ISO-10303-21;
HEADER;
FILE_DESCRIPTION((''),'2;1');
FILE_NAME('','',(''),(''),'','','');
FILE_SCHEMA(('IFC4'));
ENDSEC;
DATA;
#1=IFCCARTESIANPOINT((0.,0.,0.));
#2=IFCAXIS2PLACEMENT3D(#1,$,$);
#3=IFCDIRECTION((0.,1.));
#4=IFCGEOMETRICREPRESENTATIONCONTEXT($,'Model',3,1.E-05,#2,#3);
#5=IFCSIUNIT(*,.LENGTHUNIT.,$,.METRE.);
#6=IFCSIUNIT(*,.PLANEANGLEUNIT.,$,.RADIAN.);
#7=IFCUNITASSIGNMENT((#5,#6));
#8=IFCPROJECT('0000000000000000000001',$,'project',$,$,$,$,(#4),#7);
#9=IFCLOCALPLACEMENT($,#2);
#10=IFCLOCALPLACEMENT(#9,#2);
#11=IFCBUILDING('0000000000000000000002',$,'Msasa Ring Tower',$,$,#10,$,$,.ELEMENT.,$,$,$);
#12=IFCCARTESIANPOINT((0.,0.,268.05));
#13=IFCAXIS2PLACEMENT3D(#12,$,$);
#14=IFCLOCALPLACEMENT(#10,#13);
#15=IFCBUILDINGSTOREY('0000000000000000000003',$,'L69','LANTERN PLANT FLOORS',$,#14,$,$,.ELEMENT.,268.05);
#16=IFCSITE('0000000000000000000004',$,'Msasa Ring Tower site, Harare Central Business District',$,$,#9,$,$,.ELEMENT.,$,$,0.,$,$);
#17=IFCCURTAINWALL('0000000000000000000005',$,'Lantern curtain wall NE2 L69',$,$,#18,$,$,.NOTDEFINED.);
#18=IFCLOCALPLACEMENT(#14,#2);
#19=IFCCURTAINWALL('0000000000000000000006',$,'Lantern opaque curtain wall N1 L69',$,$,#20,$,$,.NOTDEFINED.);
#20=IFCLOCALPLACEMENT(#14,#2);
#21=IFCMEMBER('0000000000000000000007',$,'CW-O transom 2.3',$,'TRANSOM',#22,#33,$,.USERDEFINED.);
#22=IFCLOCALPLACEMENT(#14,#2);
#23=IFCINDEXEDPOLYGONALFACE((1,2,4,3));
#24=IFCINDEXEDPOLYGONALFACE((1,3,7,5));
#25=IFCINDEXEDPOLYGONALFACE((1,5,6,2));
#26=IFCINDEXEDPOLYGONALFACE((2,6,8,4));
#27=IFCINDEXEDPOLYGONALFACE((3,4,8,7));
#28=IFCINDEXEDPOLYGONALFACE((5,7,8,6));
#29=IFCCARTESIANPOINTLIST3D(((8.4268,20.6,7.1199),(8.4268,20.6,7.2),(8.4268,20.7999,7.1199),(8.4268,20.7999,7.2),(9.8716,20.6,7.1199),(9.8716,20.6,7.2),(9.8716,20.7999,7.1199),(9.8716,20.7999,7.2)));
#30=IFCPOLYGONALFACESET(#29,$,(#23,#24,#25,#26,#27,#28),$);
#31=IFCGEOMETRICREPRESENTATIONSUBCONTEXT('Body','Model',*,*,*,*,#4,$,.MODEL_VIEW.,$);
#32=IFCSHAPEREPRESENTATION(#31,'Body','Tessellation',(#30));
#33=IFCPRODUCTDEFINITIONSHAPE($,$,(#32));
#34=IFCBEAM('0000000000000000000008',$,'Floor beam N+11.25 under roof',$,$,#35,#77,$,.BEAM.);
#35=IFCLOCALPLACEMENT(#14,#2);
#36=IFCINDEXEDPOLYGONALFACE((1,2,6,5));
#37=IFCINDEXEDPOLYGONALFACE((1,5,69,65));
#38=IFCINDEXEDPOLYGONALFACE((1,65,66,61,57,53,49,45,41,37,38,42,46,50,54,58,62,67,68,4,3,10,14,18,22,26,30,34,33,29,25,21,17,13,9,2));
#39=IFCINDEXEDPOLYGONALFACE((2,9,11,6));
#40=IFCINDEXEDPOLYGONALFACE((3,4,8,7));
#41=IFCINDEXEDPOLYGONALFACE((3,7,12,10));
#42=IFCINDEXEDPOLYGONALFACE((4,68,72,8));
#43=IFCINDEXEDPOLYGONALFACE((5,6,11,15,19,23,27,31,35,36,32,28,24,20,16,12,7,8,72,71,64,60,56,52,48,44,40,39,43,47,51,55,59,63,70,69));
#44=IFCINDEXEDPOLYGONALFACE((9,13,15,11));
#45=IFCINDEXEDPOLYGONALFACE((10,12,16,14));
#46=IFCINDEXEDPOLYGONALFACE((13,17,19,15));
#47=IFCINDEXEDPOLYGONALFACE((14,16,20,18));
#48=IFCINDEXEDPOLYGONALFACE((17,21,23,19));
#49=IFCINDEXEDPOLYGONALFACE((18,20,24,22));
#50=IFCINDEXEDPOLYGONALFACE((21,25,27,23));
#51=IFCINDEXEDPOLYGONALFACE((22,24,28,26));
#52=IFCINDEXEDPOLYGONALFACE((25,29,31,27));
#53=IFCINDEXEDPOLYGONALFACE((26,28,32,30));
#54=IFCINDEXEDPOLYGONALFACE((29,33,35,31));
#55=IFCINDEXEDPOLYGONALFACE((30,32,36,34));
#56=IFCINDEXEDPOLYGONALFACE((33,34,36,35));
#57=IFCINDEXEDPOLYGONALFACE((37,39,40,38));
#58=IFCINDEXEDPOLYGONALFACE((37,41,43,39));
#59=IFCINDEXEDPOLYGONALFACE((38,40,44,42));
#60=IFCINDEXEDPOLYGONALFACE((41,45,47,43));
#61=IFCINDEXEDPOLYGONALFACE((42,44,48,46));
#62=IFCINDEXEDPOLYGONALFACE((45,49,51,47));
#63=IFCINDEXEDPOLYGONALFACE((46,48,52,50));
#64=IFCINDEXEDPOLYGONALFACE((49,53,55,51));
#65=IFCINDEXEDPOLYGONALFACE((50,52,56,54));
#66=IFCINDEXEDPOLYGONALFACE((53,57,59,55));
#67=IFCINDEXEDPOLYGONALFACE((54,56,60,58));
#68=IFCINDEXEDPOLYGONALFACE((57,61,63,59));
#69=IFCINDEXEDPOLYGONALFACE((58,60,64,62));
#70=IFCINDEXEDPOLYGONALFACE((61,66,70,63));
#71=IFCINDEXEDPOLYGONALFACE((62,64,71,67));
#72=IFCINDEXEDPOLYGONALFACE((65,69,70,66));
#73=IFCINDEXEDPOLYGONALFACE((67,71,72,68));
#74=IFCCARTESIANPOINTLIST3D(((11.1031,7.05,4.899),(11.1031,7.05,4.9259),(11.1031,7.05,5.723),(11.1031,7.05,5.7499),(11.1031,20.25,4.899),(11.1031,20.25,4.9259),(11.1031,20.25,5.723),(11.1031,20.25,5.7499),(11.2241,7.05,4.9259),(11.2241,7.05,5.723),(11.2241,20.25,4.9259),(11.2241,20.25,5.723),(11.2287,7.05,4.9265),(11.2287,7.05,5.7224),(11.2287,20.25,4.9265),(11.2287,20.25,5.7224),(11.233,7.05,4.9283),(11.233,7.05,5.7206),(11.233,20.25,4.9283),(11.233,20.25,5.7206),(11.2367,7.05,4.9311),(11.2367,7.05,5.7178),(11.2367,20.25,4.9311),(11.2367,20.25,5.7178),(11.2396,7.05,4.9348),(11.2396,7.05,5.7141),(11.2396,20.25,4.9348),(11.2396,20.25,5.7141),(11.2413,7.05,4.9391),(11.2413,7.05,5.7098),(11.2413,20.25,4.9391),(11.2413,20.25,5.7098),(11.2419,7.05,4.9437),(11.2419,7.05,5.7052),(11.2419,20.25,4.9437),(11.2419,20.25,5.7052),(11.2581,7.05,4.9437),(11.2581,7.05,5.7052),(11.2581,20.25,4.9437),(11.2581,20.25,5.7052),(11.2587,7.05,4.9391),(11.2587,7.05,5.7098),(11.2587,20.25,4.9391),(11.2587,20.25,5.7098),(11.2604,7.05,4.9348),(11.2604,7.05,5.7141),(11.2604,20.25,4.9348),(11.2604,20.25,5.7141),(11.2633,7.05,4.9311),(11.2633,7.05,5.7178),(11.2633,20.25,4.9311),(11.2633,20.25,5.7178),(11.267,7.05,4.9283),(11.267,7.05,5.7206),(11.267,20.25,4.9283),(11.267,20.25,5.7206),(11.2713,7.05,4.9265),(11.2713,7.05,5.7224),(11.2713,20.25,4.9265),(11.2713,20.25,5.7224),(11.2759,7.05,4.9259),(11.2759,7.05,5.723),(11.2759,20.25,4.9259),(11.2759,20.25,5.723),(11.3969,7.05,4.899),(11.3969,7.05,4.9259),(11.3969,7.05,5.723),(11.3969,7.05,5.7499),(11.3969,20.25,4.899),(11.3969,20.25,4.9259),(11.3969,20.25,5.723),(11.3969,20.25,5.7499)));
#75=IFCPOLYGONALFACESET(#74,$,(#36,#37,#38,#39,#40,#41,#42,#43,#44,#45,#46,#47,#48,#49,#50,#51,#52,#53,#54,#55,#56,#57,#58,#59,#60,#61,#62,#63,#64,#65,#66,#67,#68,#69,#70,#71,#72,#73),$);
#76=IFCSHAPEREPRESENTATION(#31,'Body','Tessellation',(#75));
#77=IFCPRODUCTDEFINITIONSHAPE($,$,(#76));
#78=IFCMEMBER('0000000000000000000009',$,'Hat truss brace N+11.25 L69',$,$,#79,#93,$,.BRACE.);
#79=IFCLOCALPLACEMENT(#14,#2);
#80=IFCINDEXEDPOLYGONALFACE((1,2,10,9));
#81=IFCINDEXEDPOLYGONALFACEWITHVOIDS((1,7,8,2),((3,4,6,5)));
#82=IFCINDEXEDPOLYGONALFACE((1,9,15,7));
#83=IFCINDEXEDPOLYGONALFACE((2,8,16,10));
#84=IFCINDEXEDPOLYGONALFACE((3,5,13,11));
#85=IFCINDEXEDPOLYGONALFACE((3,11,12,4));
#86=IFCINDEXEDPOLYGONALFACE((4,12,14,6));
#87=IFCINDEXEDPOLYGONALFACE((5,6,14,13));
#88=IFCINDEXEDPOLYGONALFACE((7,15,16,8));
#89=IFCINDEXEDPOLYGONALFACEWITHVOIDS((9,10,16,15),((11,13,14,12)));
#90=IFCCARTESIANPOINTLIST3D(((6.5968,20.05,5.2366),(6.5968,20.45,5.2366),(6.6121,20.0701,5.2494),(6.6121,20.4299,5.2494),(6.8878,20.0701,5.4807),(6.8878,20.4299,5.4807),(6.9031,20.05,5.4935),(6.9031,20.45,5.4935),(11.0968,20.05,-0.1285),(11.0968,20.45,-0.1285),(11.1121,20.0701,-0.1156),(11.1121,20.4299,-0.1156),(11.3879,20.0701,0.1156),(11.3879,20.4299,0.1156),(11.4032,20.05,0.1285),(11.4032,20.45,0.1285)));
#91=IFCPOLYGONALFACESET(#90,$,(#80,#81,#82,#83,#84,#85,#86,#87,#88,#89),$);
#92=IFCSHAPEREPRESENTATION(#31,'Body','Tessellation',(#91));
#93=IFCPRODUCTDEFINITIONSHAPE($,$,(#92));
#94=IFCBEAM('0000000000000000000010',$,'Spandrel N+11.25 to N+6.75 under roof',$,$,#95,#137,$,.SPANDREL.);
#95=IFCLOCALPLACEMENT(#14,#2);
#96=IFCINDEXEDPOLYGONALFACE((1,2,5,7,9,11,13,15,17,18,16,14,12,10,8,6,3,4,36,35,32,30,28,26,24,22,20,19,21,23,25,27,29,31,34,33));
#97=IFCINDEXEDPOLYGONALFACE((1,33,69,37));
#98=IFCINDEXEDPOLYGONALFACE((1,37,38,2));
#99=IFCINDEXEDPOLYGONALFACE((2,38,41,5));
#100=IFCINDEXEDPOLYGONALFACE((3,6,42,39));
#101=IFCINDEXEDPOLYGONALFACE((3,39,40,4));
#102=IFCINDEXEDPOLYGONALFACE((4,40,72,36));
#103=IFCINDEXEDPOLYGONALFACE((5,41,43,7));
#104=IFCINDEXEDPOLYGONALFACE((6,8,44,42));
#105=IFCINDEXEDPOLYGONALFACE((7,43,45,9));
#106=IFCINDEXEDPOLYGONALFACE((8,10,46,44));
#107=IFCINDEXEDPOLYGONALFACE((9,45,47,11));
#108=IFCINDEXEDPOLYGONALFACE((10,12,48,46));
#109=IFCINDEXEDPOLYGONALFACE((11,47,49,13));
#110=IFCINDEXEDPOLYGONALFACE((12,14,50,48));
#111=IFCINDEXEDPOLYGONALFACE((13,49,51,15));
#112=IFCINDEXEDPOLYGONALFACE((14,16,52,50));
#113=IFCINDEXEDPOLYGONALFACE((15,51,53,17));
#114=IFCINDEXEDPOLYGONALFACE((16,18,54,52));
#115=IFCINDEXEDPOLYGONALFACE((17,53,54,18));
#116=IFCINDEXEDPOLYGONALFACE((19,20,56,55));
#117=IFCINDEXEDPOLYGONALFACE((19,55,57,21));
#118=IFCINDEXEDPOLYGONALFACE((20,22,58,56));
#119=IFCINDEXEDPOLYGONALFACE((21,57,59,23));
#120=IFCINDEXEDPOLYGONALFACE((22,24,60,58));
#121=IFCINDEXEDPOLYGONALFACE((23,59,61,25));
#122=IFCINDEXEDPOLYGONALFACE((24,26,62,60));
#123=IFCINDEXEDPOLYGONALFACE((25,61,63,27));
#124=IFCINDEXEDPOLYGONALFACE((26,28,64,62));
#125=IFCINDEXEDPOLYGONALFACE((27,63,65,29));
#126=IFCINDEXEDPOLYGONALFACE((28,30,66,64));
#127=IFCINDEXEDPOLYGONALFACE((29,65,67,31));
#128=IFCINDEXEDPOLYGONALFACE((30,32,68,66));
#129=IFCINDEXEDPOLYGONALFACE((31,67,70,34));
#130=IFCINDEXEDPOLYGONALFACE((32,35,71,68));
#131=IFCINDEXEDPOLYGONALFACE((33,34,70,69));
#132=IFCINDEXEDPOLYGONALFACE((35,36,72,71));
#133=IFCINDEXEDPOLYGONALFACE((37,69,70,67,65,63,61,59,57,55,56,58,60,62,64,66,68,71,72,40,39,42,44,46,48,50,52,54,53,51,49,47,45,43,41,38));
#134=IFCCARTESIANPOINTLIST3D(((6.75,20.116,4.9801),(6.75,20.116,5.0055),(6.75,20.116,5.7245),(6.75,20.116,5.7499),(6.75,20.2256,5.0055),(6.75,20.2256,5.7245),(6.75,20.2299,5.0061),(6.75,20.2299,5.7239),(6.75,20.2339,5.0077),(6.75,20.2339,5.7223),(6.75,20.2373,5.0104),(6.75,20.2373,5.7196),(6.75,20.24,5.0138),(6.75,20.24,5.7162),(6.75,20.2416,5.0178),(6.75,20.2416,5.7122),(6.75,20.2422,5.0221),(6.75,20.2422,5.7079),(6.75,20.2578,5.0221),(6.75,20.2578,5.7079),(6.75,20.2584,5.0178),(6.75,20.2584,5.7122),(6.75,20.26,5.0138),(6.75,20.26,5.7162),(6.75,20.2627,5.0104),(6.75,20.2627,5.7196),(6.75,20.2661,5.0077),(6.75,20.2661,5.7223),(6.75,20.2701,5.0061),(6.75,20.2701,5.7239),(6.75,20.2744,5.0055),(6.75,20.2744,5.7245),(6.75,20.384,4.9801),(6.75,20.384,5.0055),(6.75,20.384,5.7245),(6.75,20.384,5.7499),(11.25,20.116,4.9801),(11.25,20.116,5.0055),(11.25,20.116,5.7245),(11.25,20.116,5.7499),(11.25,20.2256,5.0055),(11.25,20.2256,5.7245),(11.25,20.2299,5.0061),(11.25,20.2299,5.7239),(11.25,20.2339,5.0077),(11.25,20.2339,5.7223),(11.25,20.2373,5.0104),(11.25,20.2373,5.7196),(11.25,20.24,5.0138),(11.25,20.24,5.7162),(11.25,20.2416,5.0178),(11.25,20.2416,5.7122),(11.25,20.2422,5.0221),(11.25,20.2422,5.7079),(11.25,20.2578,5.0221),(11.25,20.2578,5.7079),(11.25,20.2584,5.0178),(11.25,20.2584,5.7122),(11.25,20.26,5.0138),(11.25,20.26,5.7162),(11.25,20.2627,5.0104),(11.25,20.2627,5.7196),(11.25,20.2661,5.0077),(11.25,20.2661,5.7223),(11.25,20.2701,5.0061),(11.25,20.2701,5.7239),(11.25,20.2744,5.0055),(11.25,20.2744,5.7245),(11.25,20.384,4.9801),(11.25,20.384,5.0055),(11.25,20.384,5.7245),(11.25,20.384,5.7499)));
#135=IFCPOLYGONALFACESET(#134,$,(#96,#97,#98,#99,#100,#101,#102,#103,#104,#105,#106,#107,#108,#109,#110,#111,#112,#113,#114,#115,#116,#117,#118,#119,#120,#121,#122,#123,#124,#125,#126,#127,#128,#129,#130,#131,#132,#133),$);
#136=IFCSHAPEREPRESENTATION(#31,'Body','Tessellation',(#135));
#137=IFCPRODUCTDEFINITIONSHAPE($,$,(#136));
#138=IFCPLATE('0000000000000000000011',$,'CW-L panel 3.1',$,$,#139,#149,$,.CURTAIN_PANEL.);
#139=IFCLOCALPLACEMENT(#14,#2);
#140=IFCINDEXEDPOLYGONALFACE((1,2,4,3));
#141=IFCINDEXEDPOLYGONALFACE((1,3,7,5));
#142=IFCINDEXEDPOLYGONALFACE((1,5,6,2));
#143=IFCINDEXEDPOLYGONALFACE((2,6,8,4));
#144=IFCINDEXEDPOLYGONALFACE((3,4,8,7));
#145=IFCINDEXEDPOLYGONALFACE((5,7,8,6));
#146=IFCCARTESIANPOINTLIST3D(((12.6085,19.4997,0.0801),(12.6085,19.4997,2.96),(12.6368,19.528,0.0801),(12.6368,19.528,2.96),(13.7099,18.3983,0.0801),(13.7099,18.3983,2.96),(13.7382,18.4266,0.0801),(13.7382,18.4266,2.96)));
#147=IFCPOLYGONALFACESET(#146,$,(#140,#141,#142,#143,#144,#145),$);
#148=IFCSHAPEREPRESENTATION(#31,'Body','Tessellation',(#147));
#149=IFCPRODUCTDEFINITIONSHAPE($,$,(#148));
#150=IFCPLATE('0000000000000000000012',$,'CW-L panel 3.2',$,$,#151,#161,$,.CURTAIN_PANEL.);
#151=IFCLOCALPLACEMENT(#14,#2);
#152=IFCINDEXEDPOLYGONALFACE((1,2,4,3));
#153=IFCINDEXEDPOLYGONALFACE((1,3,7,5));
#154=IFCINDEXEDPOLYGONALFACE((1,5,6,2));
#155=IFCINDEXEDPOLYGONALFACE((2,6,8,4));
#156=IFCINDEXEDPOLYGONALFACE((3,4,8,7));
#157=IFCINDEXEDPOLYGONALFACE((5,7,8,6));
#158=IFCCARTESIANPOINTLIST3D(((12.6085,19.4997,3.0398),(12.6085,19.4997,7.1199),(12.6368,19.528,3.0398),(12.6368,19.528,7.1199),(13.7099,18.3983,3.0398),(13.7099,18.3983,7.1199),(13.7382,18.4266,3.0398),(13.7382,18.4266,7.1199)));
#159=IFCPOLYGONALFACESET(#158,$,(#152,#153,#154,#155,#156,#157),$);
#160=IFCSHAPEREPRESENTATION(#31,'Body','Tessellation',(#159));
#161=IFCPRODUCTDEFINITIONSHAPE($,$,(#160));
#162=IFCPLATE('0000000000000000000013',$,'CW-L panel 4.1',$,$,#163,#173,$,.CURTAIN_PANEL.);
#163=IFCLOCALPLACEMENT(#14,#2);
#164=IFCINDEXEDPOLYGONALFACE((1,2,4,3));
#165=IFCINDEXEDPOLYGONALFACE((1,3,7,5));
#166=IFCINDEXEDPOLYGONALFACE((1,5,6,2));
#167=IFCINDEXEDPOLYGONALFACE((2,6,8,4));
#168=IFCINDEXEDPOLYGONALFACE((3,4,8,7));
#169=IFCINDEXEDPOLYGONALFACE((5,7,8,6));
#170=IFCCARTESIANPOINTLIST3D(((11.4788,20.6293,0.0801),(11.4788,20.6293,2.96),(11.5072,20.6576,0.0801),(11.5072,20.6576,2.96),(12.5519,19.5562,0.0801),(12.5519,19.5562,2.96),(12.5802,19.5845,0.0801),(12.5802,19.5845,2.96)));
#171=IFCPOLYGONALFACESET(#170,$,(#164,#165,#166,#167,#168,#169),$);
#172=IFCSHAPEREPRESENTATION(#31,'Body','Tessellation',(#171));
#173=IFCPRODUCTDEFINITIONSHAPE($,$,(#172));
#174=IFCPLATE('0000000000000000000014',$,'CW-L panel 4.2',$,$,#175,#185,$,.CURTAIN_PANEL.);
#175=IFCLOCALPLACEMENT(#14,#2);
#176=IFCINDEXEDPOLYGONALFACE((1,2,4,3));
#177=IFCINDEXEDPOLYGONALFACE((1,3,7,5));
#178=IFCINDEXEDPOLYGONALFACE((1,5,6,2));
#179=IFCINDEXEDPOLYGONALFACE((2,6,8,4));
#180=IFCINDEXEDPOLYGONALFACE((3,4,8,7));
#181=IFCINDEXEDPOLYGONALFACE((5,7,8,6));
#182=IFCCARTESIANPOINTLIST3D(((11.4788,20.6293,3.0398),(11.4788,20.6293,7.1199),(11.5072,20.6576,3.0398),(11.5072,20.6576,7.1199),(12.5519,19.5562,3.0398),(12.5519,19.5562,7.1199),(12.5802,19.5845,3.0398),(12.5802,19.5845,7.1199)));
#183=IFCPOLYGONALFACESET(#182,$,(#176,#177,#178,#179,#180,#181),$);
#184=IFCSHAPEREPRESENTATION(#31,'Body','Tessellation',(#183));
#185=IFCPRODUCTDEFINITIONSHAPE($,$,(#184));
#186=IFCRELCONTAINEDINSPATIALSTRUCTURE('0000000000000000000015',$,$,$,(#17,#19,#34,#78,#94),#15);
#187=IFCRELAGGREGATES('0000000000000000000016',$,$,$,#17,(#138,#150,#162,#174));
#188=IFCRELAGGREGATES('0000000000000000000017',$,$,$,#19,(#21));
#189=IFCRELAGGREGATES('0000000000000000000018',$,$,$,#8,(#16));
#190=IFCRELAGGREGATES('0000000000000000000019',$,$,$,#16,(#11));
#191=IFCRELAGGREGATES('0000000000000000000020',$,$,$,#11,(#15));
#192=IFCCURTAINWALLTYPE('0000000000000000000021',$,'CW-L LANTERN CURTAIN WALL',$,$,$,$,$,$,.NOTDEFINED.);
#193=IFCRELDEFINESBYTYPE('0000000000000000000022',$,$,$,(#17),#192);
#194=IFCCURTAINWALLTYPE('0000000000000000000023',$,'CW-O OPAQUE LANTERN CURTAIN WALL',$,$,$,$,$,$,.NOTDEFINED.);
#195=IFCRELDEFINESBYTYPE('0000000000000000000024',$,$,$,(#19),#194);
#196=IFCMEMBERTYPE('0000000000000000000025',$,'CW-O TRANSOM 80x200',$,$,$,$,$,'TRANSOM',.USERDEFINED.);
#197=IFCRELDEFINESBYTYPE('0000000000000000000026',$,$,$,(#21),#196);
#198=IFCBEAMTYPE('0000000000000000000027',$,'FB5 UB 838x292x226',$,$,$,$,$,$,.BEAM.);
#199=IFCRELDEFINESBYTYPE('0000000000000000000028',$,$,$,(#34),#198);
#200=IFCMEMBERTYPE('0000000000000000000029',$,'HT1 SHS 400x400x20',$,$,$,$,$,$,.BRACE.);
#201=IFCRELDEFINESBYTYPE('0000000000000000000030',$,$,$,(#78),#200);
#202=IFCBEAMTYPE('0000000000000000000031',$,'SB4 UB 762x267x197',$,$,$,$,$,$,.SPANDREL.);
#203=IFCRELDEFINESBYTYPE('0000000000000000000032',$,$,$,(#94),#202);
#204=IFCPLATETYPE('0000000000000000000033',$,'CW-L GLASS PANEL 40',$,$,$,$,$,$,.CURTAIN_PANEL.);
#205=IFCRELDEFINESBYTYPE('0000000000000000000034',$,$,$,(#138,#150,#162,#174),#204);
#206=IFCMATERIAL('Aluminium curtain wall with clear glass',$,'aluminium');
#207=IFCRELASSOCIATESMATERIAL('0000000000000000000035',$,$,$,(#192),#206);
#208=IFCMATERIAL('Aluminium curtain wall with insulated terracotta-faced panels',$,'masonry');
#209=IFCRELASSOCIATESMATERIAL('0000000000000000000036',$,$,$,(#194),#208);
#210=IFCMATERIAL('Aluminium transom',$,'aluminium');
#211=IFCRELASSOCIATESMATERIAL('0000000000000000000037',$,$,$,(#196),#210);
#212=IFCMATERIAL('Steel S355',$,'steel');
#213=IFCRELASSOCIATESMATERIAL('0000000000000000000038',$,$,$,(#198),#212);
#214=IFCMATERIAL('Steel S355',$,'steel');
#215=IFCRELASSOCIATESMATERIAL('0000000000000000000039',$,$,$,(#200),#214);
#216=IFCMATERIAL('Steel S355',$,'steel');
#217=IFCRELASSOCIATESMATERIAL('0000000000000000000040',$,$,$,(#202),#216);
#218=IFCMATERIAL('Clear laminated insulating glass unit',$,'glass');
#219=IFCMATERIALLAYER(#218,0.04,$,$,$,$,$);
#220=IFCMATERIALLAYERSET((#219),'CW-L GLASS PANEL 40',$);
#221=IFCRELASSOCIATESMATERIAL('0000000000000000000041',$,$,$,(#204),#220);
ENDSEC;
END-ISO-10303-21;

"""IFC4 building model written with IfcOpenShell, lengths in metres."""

from ifc_helpers import new_model, si_unit, direction, frame, origin, origin_2d, place, context, subcontext, project, spatial, rectangle, hollow_rectangle, i_section, extrude, material, layer, layer_set, material_profile, profile_set, type_object, element, aggregate, save


model = new_model("IFC4")

# Units and contexts
model_context = context("Model", 3, precision=1e-05, world=origin(), true_north=direction((0.0, 1.0)))
body_context = subcontext(model_context, "Body", "Model", "MODEL_VIEW")
ifc_project = project(units=[si_unit("LENGTHUNIT", "METRE"), si_unit("PLANEANGLEUNIT", "RADIAN")], contexts=[model_context])

# Site, building, storey
site_placement = place(None, origin())
site = spatial("IfcSite", under=ifc_project, at=site_placement, Name="Msasa Ring Tower site, Harare Central Business District", CompositionType="ELEMENT", RefElevation=0.0)
building_placement = place(site_placement, origin())
building = spatial("IfcBuilding", under=site, at=building_placement, Name="Msasa Ring Tower", CompositionType="ELEMENT")
storey_placement = place(building_placement, frame((0.0, 0.0, 268.05)))
storey = spatial("IfcBuildingStorey", under=building, at=storey_placement, Name="L69", Description="LANTERN PLANT FLOORS", CompositionType="ELEMENT", Elevation=268.05)

# Curtain walls, member
ifc_material_1 = material(Name="Aluminium curtain wall with clear glass", Category="aluminium")
curtain_wall_type_1 = type_object("IfcCurtainWallType", Name="CW-L LANTERN CURTAIN WALL", PredefinedType="NOTDEFINED", material=ifc_material_1)
curtain_wall_1_placement = place(storey_placement, origin())
curtain_wall_1 = element("IfcCurtainWall", 1, at=curtain_wall_1_placement, inside=storey, type_object=curtain_wall_type_1, Name="Lantern curtain wall NE2 L69", PredefinedType="NOTDEFINED")
ifc_material_2 = material(Name="Aluminium curtain wall with insulated terracotta-faced panels", Category="masonry")
curtain_wall_type_2 = type_object("IfcCurtainWallType", Name="CW-O OPAQUE LANTERN CURTAIN WALL", PredefinedType="NOTDEFINED", material=ifc_material_2)
curtain_wall_2_placement = place(storey_placement, origin())
curtain_wall_2 = element("IfcCurtainWall", 2, at=curtain_wall_2_placement, inside=storey, type_object=curtain_wall_type_2, Name="Lantern opaque curtain wall N1 L69", PredefinedType="NOTDEFINED")
ifc_material_3 = material(Name="Aluminium transom", Category="aluminium")
ifc_material_profile_1 = material_profile(ifc_material_3, rectangle(XDim=0.2, YDim=0.0801, at=origin_2d()), Name="AL 80x200")
ifc_profile_set_1 = profile_set([ifc_material_profile_1], Name="Aluminium transom")
member_type_1 = type_object("IfcMemberType", Name="CW-O TRANSOM 80x200", ElementType="TRANSOM", PredefinedType="USERDEFINED", material=ifc_profile_set_1)
member_1_placement = place(storey_placement, frame((9.8716, 20.7, 7.1599), z_axis=(-1.0, 0.0, 0.0), x_axis=(0.0, -1.0, 0.0)))
member_1 = element("IfcMember", 3, at=member_1_placement, type_object=member_type_1, Name="CW-O transom 2.3", ObjectType="TRANSOM", PredefinedType="USERDEFINED", context=body_context, shape_type="SweptSolid", body=[
    extrude(rectangle(XDim=0.2, YDim=0.0801, at=origin_2d()), origin(), (0.0, 0.0, 1.0), 1.4448),
])

# Beam
ifc_material_4 = material(Name="Steel S355", Category="steel")
ifc_material_profile_2 = material_profile(ifc_material_4, i_section(OverallWidth=0.2937, OverallDepth=0.8508, WebThickness=0.0161, FlangeThickness=0.0269, FilletRadius=0.0178, at=origin_2d()), Name="UB 838x292x226")
ifc_profile_set_2 = profile_set([ifc_material_profile_2], Name="Steel S355")
beam_type_1 = type_object("IfcBeamType", Name="FB5 UB 838x292x226", PredefinedType="BEAM", material=ifc_profile_set_2)
beam_1_placement = place(storey_placement, frame((11.25, 20.25, 5.3245), z_axis=(0.0, -1.0, 0.0), x_axis=(1.0, 0.0, 0.0)))
element("IfcBeam", 4, at=beam_1_placement, inside=storey, type_object=beam_type_1, Name="Floor beam N+11.25 under roof", PredefinedType="BEAM", context=body_context, shape_type="SweptSolid", body=[
    extrude(i_section(OverallWidth=0.2937, OverallDepth=0.8508, WebThickness=0.0161, FlangeThickness=0.0269, FilletRadius=0.0178, at=origin_2d()), origin(), (0.0, 0.0, 1.0), 13.2),
])

# Member
ifc_material_5 = material(Name="Steel S355", Category="steel")
ifc_material_profile_3 = material_profile(ifc_material_5, hollow_rectangle(XDim=0.3999, YDim=0.3999, WallThickness=0.02, at=origin_2d()), Name="SHS 400x400x20")
ifc_profile_set_3 = profile_set([ifc_material_profile_3], Name="Steel S355")
member_type_2 = type_object("IfcMemberType", Name="HT1 SHS 400x400x20", PredefinedType="BRACE", material=ifc_profile_set_3)
member_2_placement = place(storey_placement, frame((11.25, 20.25, 0.0), z_axis=(-0.64264, 0.0, 0.766168), x_axis=(0.0, -1.0, 0.0)))
element("IfcMember", 5, at=member_2_placement, inside=storey, type_object=member_type_2, Name="Hat truss brace N+11.25 L69", PredefinedType="BRACE", context=body_context, shape_type="SweptSolid", body=[
    extrude(hollow_rectangle(XDim=0.3999, YDim=0.3999, WallThickness=0.02, at=origin_2d()), origin(), (0.0, 0.0, 1.0), 7.0024),
])

# Beam
ifc_material_6 = material(Name="Steel S355", Category="steel")
ifc_material_profile_4 = material_profile(ifc_material_6, i_section(OverallWidth=0.2681, OverallDepth=0.7698, WebThickness=0.0156, FlangeThickness=0.0254, FilletRadius=0.0166, at=origin_2d()), Name="UB 762x267x197")
ifc_profile_set_4 = profile_set([ifc_material_profile_4], Name="Steel S355")
beam_type_2 = type_object("IfcBeamType", Name="SB4 UB 762x267x197", PredefinedType="SPANDREL", material=ifc_profile_set_4)
beam_2_placement = place(storey_placement, frame((11.25, 20.25, 5.365), z_axis=(-1.0, 0.0, 0.0), x_axis=(0.0, -1.0, 0.0)))
element("IfcBeam", 6, at=beam_2_placement, inside=storey, type_object=beam_type_2, Name="Spandrel N+11.25 to N+6.75 under roof", PredefinedType="SPANDREL", context=body_context, shape_type="SweptSolid", body=[
    extrude(i_section(OverallWidth=0.2681, OverallDepth=0.7698, WebThickness=0.0156, FlangeThickness=0.0254, FilletRadius=0.0166, at=origin_2d()), origin(), (0.0, 0.0, 1.0), 4.5),
])

# Plates
ifc_material_7 = material(Name="Clear laminated insulating glass unit", Category="glass")
ifc_layer_1 = layer(ifc_material_7, 0.04)
ifc_layer_set_1 = layer_set([ifc_layer_1], Name="CW-L GLASS PANEL 40")
plate_type_1 = type_object("IfcPlateType", Name="CW-L GLASS PANEL 40", PredefinedType="CURTAIN_PANEL", material=ifc_layer_set_1)
plate_1_placement = place(storey_placement, frame((13.1733, 18.9631, 0.0801), z_axis=(0.0, 0.0, 1.0), x_axis=(-0.707107, 0.707107, 0.0)))
plate_1 = element("IfcPlate", 7, at=plate_1_placement, type_object=plate_type_1, Name="CW-L panel 3.1", PredefinedType="CURTAIN_PANEL", context=body_context, shape_type="SweptSolid", body=[
    extrude(rectangle(XDim=1.5576, YDim=0.04, at=origin_2d()), origin(), (0.0, 0.0, 1.0), 2.8799),
])
plate_2_placement = place(storey_placement, frame((13.1733, 18.9631, 3.0398), z_axis=(0.0, 0.0, 1.0), x_axis=(-0.707107, 0.707107, 0.0)))
plate_2 = element("IfcPlate", 8, at=plate_2_placement, type_object=plate_type_1, Name="CW-L panel 3.2", PredefinedType="CURTAIN_PANEL", context=body_context, shape_type="SweptSolid", body=[
    extrude(rectangle(XDim=1.5576, YDim=0.04, at=origin_2d()), origin(), (0.0, 0.0, 1.0), 4.0801),
])
plate_3_placement = place(storey_placement, frame((12.0295, 20.1069, 0.0801), z_axis=(0.0, 0.0, 1.0), x_axis=(-0.707107, 0.707107, 0.0)))
plate_3 = element("IfcPlate", 9, at=plate_3_placement, type_object=plate_type_1, Name="CW-L panel 4.1", PredefinedType="CURTAIN_PANEL", context=body_context, shape_type="SweptSolid", body=[
    extrude(rectangle(XDim=1.5176, YDim=0.04, at=origin_2d()), origin(), (0.0, 0.0, 1.0), 2.8799),
])
plate_4_placement = place(storey_placement, frame((12.0295, 20.1069, 3.0398), z_axis=(0.0, 0.0, 1.0), x_axis=(-0.707107, 0.707107, 0.0)))
plate_4 = element("IfcPlate", 10, at=plate_4_placement, type_object=plate_type_1, Name="CW-L panel 4.2", PredefinedType="CURTAIN_PANEL", context=body_context, shape_type="SweptSolid", body=[
    extrude(rectangle(XDim=1.5176, YDim=0.04, at=origin_2d()), origin(), (0.0, 0.0, 1.0), 4.0801),
])
aggregate(curtain_wall_1, [plate_1, plate_2, plate_3, plate_4])
aggregate(curtain_wall_2, [member_1])

save(model, "model.ifc")
